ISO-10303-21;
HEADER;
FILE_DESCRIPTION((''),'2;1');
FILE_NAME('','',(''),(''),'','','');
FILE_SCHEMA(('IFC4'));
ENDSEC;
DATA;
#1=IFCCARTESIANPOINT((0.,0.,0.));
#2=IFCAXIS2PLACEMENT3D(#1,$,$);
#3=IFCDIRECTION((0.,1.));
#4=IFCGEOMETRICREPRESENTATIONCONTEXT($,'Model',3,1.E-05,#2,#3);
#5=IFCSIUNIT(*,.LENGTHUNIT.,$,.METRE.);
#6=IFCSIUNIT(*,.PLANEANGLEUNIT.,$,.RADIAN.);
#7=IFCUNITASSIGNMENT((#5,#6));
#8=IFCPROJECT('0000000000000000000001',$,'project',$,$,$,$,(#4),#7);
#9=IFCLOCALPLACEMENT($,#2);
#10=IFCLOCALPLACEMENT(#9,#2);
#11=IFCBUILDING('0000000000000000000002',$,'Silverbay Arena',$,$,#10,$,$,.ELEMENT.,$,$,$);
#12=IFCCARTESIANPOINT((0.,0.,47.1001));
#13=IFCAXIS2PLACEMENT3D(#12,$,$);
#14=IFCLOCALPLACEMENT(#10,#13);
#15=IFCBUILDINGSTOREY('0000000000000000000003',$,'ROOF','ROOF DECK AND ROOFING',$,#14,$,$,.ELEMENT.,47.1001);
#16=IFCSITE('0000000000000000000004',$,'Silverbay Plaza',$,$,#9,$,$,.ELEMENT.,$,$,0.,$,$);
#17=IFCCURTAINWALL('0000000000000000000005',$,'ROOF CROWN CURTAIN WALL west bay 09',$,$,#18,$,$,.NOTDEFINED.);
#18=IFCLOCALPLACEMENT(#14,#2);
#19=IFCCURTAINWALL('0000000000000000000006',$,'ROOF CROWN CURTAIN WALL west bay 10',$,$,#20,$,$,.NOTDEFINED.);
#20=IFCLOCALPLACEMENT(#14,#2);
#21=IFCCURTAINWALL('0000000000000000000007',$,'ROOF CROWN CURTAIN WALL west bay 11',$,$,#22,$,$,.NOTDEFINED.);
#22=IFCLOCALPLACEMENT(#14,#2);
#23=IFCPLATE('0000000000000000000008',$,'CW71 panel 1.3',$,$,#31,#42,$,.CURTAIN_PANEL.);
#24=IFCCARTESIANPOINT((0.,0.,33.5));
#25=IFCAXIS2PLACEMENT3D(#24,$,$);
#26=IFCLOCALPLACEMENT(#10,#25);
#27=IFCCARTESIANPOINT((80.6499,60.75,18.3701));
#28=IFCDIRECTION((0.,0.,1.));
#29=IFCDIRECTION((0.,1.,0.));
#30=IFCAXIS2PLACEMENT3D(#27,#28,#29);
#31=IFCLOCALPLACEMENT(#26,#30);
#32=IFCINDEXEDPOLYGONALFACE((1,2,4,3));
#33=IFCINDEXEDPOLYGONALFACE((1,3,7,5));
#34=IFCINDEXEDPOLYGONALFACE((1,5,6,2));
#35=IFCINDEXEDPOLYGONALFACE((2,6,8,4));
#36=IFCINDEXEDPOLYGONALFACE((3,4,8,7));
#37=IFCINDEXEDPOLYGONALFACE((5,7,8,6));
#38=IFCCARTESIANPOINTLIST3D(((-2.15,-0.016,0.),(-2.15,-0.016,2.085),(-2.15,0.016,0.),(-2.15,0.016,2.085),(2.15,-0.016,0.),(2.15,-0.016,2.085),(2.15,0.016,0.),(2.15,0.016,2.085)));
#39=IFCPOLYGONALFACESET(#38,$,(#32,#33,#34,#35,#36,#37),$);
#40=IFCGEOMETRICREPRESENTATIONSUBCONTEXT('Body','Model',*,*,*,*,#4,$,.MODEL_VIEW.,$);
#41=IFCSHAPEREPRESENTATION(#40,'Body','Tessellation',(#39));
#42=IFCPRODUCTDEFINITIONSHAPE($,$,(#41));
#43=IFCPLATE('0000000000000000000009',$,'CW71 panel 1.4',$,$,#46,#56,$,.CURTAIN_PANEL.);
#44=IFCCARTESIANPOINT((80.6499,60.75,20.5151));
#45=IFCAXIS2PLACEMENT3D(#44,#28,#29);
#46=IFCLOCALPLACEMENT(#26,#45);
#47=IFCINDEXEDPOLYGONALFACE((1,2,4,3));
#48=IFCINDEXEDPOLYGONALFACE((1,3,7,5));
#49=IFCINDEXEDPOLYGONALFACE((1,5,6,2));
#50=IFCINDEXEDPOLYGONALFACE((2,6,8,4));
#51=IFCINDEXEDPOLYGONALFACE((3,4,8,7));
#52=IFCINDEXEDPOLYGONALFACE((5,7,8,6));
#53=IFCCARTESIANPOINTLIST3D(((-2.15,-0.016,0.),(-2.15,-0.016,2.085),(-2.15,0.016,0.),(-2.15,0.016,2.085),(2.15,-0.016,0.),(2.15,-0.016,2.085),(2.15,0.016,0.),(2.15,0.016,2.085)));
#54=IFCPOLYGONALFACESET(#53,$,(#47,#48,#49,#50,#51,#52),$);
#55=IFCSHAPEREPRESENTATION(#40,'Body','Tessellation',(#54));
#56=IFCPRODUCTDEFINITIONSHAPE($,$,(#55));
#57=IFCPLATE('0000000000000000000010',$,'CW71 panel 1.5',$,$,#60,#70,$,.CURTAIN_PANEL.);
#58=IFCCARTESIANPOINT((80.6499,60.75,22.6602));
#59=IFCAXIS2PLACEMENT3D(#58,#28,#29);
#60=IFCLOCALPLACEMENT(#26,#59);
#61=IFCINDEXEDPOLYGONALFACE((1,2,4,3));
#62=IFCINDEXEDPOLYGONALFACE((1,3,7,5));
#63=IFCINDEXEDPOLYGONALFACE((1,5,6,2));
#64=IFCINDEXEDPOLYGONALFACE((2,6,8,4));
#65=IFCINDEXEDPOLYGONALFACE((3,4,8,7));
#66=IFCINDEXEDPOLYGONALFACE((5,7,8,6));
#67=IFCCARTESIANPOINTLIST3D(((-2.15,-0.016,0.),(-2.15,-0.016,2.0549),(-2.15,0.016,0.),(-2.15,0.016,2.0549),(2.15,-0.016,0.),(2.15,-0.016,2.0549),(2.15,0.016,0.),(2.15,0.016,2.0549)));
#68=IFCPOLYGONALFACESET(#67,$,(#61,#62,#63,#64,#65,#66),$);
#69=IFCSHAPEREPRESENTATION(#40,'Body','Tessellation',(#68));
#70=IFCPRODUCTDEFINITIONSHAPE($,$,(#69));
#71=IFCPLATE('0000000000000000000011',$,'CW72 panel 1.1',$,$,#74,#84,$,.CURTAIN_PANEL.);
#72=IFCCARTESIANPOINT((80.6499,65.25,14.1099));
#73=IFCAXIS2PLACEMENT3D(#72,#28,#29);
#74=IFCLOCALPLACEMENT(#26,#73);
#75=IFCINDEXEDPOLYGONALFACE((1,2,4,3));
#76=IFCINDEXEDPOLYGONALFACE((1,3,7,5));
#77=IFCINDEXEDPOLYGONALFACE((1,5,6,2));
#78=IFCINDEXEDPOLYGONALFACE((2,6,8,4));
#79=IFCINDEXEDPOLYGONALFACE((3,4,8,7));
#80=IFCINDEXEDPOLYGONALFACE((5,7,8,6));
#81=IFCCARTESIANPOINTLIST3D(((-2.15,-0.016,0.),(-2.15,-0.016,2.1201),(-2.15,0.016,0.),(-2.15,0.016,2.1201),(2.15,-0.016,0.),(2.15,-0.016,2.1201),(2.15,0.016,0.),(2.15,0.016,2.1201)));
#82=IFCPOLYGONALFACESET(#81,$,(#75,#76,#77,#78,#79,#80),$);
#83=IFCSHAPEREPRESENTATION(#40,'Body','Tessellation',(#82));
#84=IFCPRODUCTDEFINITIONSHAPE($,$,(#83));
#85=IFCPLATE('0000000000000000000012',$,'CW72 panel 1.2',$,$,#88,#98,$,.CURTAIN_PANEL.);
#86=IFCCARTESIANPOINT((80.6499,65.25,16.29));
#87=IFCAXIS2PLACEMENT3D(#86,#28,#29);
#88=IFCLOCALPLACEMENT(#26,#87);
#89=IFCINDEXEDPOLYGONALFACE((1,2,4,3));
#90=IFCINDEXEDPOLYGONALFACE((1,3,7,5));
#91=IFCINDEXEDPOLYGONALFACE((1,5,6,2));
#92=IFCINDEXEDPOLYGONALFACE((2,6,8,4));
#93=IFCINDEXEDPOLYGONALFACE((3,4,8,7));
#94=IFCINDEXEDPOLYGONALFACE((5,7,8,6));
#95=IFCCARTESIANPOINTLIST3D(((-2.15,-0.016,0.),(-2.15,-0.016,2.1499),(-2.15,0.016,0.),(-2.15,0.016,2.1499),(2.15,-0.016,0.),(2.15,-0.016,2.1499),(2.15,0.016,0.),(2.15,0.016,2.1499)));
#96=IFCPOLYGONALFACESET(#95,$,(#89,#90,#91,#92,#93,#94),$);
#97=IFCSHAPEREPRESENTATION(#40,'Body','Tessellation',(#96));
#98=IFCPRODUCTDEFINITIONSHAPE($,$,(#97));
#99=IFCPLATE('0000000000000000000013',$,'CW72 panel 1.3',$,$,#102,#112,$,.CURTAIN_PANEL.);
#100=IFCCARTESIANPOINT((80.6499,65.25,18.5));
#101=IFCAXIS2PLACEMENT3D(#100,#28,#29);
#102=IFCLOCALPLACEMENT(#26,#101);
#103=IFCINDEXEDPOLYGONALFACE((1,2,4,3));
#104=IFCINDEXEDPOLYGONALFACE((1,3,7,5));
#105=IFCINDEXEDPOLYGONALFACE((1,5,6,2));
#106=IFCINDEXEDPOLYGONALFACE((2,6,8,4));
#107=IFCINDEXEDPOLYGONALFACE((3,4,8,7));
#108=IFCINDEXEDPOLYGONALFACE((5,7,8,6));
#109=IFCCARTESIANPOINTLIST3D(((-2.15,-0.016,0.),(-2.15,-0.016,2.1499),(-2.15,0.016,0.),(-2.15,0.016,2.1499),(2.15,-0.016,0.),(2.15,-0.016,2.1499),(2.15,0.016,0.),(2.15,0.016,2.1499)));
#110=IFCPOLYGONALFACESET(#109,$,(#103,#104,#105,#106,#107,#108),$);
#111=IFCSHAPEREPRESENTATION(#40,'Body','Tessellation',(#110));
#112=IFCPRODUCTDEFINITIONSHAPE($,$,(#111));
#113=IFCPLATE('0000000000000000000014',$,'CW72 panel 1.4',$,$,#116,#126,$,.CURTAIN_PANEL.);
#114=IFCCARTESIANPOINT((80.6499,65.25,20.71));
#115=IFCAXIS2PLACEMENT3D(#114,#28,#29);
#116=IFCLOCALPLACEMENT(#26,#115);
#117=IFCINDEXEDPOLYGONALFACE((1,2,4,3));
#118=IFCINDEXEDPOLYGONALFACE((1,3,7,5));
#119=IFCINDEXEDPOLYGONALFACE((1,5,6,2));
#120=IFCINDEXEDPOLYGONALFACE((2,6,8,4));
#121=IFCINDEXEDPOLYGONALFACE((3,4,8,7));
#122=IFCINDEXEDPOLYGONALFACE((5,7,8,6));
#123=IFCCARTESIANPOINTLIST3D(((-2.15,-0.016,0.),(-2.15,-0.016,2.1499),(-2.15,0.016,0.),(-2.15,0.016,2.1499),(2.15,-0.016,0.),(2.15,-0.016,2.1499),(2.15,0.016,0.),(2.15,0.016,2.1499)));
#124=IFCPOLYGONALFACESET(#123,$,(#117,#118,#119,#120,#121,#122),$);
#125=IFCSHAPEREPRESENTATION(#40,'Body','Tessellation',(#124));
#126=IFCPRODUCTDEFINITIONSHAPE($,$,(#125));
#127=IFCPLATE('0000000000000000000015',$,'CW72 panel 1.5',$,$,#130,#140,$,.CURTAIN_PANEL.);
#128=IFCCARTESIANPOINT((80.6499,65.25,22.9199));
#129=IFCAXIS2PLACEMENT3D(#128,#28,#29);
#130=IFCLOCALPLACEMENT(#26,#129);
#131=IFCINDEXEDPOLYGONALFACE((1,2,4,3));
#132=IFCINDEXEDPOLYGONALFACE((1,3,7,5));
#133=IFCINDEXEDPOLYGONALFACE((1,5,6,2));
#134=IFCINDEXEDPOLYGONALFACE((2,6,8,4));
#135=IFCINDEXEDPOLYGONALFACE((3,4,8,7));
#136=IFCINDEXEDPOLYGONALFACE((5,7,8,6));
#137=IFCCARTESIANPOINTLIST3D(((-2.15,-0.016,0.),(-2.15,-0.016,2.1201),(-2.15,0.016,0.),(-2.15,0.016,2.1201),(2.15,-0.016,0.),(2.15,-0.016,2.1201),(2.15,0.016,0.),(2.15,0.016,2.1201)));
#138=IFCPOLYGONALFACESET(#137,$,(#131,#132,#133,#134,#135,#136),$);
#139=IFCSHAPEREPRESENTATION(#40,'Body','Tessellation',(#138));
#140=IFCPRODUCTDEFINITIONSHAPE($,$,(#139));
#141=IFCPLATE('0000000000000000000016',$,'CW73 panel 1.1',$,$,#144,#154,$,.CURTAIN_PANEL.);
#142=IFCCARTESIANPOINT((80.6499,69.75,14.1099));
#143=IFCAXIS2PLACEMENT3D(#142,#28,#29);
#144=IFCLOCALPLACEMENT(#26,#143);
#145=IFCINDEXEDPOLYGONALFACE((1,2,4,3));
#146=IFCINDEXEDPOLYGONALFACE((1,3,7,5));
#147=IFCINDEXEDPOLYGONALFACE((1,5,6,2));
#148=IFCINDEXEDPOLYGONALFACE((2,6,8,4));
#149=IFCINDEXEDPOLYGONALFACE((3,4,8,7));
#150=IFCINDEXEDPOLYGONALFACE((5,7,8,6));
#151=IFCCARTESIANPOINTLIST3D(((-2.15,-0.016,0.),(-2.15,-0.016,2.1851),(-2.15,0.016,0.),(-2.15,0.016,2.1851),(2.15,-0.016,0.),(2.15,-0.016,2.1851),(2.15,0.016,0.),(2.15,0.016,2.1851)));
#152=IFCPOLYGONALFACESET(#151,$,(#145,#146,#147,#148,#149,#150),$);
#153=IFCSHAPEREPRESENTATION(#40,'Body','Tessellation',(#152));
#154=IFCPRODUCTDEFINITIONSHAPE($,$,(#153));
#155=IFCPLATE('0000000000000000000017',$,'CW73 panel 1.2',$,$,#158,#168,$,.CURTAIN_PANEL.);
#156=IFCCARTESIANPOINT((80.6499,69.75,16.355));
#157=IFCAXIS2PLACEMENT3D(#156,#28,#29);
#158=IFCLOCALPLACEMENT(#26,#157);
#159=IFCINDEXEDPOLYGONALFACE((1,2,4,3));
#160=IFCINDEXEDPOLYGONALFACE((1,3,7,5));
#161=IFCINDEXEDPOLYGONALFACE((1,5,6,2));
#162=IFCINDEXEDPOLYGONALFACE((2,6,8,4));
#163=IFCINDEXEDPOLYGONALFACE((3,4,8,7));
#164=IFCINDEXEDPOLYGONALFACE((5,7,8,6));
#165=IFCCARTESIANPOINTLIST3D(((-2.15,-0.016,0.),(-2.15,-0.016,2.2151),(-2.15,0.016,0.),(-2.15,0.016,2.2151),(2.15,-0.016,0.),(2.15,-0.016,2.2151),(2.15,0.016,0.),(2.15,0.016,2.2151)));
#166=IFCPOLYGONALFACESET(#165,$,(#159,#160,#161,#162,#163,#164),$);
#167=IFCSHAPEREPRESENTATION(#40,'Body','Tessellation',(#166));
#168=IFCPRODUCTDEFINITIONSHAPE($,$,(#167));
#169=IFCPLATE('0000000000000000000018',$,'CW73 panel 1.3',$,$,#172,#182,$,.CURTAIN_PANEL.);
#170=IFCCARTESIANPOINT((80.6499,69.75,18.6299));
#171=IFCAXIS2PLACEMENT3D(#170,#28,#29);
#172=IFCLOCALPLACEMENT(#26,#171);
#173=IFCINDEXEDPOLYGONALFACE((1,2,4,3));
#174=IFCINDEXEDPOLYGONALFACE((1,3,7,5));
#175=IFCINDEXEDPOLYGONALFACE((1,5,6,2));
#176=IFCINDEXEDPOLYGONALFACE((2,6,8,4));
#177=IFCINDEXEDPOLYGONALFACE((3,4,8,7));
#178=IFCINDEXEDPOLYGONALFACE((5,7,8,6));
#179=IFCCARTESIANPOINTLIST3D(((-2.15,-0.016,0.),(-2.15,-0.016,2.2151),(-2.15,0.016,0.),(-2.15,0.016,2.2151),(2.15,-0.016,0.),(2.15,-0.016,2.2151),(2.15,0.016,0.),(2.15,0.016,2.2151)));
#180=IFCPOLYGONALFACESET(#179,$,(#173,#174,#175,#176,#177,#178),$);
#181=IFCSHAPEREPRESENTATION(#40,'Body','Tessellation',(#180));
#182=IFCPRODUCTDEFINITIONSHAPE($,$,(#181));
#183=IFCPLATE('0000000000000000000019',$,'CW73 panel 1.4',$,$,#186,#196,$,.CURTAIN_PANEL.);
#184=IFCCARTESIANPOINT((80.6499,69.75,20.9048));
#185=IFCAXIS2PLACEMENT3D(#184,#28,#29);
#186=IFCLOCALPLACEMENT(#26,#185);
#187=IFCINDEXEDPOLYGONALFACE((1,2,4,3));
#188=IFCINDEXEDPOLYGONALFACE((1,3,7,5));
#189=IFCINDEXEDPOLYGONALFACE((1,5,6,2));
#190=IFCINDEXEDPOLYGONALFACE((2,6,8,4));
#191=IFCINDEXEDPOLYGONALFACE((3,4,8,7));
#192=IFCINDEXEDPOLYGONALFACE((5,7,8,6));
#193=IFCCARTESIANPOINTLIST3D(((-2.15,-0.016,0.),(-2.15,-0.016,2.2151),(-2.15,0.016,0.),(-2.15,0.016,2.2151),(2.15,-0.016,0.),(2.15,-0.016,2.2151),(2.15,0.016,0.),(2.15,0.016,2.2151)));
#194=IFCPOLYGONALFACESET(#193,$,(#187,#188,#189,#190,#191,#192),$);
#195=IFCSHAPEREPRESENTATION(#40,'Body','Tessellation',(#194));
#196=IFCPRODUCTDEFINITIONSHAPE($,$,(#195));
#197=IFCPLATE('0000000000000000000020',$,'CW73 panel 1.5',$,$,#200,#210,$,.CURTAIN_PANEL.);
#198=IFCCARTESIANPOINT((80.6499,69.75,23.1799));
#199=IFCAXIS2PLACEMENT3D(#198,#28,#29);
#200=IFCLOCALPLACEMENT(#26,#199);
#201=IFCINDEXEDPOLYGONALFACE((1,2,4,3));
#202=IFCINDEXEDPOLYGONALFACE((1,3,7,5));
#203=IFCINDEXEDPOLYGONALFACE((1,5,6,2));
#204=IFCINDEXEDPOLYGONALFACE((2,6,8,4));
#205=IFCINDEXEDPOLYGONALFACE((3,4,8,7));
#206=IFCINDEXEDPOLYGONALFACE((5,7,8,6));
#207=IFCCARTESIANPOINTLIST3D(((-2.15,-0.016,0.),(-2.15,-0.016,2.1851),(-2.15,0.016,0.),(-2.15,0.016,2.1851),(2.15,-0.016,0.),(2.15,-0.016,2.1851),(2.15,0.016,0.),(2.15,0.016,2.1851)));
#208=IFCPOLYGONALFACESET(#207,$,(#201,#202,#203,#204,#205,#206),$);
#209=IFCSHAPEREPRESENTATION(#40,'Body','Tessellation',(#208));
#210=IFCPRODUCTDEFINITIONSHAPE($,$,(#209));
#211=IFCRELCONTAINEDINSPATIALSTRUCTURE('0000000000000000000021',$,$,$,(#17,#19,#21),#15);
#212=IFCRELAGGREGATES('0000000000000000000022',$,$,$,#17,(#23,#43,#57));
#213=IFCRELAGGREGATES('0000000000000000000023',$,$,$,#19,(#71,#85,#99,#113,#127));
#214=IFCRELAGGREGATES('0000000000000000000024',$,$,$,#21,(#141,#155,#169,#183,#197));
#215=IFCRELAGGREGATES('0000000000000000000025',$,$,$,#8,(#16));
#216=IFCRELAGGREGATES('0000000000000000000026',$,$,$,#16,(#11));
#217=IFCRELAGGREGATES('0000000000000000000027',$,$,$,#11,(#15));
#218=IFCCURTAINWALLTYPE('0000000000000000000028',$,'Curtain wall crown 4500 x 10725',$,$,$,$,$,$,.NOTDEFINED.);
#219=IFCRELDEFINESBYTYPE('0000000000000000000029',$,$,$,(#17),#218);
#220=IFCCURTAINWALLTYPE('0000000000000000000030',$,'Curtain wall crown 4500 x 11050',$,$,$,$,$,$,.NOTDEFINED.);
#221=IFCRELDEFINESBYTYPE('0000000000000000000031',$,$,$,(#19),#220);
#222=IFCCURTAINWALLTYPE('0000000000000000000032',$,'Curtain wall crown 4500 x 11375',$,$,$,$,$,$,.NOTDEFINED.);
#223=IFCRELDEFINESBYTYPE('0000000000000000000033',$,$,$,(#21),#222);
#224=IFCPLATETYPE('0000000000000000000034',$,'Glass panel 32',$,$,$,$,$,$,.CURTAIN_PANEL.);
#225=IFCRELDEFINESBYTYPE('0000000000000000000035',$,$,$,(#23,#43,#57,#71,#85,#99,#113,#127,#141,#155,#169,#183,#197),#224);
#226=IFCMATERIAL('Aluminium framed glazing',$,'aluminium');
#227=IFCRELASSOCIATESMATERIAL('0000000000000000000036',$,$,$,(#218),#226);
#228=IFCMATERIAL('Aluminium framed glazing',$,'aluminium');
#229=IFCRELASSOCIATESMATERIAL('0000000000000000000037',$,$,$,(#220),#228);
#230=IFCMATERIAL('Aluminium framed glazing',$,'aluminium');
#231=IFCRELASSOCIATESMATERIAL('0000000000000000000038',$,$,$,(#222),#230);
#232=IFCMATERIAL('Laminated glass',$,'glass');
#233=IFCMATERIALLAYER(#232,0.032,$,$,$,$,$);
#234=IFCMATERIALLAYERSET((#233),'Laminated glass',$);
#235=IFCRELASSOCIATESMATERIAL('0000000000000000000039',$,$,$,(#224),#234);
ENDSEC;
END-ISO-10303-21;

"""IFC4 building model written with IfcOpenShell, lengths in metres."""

from ifc_helpers import new_model, si_unit, direction, frame, origin, origin_2d, place, context, subcontext, project, spatial, rectangle, extrude, material, layer, layer_set, type_object, element, aggregate, save


model = new_model("IFC4")

# Units and contexts
model_context = context("Model", 3, precision=1e-05, world=origin(), true_north=direction((0.0, 1.0)))
body_context = subcontext(model_context, "Body", "Model", "MODEL_VIEW")
ifc_project = project(units=[si_unit("LENGTHUNIT", "METRE"), si_unit("PLANEANGLEUNIT", "RADIAN")], contexts=[model_context])

# Site, building, storey
site_placement = place(None, origin())
site = spatial("IfcSite", under=ifc_project, at=site_placement, Name="Silverbay Plaza", CompositionType="ELEMENT", RefElevation=0.0)
building_placement = place(site_placement, origin())
building = spatial("IfcBuilding", under=site, at=building_placement, Name="Silverbay Arena", CompositionType="ELEMENT")
storey_placement = place(building_placement, frame((0.0, 0.0, 47.1001)))
storey = spatial("IfcBuildingStorey", under=building, at=storey_placement, Name="ROOF", Description="ROOF DECK AND ROOFING", CompositionType="ELEMENT", Elevation=47.1001)

# Curtain wall
ifc_material_1 = material(Name="Aluminium framed glazing", Category="aluminium")
curtain_wall_type_1 = type_object("IfcCurtainWallType", Name="Curtain wall crown 4500 x 10725", PredefinedType="NOTDEFINED", material=ifc_material_1)
curtain_wall_1_placement = place(storey_placement, origin())
curtain_wall_1 = element("IfcCurtainWall", 1, at=curtain_wall_1_placement, inside=storey, type_object=curtain_wall_type_1, Name="ROOF CROWN CURTAIN WALL west bay 09", PredefinedType="NOTDEFINED")
placement = place(building_placement, frame((0.0, 0.0, 33.5)))

# Curtain walls
ifc_material_2 = material(Name="Aluminium framed glazing", Category="aluminium")
curtain_wall_type_2 = type_object("IfcCurtainWallType", Name="Curtain wall crown 4500 x 11050", PredefinedType="NOTDEFINED", material=ifc_material_2)
curtain_wall_2_placement = place(storey_placement, origin())
curtain_wall_2 = element("IfcCurtainWall", 2, at=curtain_wall_2_placement, inside=storey, type_object=curtain_wall_type_2, Name="ROOF CROWN CURTAIN WALL west bay 10", PredefinedType="NOTDEFINED")
ifc_material_3 = material(Name="Aluminium framed glazing", Category="aluminium")
curtain_wall_type_3 = type_object("IfcCurtainWallType", Name="Curtain wall crown 4500 x 11375", PredefinedType="NOTDEFINED", material=ifc_material_3)
curtain_wall_3_placement = place(storey_placement, origin())
curtain_wall_3 = element("IfcCurtainWall", 3, at=curtain_wall_3_placement, inside=storey, type_object=curtain_wall_type_3, Name="ROOF CROWN CURTAIN WALL west bay 11", PredefinedType="NOTDEFINED")

# Plates
ifc_material_4 = material(Name="Laminated glass", Category="glass")
ifc_layer = layer(ifc_material_4, 0.032)
ifc_layer_set = layer_set([ifc_layer], Name="Laminated glass")
plate_type = type_object("IfcPlateType", Name="Glass panel 32", PredefinedType="CURTAIN_PANEL", material=ifc_layer_set)
plate_1_placement = place(placement, frame((80.6499, 60.75, 18.3701), z_axis=(0.0, 0.0, 1.0), x_axis=(0.0, 1.0, 0.0)))
plate_1 = element("IfcPlate", 4, at=plate_1_placement, type_object=plate_type, Name="CW71 panel 1.3", PredefinedType="CURTAIN_PANEL", context=body_context, shape_type="SweptSolid", body=[
    extrude(rectangle(XDim=4.3, YDim=0.032, at=origin_2d()), origin(), (0.0, 0.0, 1.0), 2.085),
])
plate_2_placement = place(placement, frame((80.6499, 60.75, 20.5151), z_axis=(0.0, 0.0, 1.0), x_axis=(0.0, 1.0, 0.0)))
plate_2 = element("IfcPlate", 5, at=plate_2_placement, type_object=plate_type, Name="CW71 panel 1.4", PredefinedType="CURTAIN_PANEL", context=body_context, shape_type="SweptSolid", body=[
    extrude(rectangle(XDim=4.3, YDim=0.032, at=origin_2d()), origin(), (0.0, 0.0, 1.0), 2.085),
])
plate_3_placement = place(placement, frame((80.6499, 60.75, 22.6602), z_axis=(0.0, 0.0, 1.0), x_axis=(0.0, 1.0, 0.0)))
plate_3 = element("IfcPlate", 6, at=plate_3_placement, type_object=plate_type, Name="CW71 panel 1.5", PredefinedType="CURTAIN_PANEL", context=body_context, shape_type="SweptSolid", body=[
    extrude(rectangle(XDim=4.3, YDim=0.032, at=origin_2d()), origin(), (0.0, 0.0, 1.0), 2.0549),
])
aggregate(curtain_wall_1, [plate_1, plate_2, plate_3])
plate_4_placement = place(placement, frame((80.6499, 65.25, 14.1099), z_axis=(0.0, 0.0, 1.0), x_axis=(0.0, 1.0, 0.0)))
plate_4 = element("IfcPlate", 7, at=plate_4_placement, type_object=plate_type, Name="CW72 panel 1.1", PredefinedType="CURTAIN_PANEL", context=body_context, shape_type="SweptSolid", body=[
    extrude(rectangle(XDim=4.3, YDim=0.032, at=origin_2d()), origin(), (0.0, 0.0, 1.0), 2.1201),
])
plate_5_placement = place(placement, frame((80.6499, 65.25, 16.29), z_axis=(0.0, 0.0, 1.0), x_axis=(0.0, 1.0, 0.0)))
plate_5 = element("IfcPlate", 8, at=plate_5_placement, type_object=plate_type, Name="CW72 panel 1.2", PredefinedType="CURTAIN_PANEL", context=body_context, shape_type="SweptSolid", body=[
    extrude(rectangle(XDim=4.3, YDim=0.032, at=origin_2d()), origin(), (0.0, 0.0, 1.0), 2.1499),
])
plate_6_placement = place(placement, frame((80.6499, 65.25, 18.5), z_axis=(0.0, 0.0, 1.0), x_axis=(0.0, 1.0, 0.0)))
plate_6 = element("IfcPlate", 9, at=plate_6_placement, type_object=plate_type, Name="CW72 panel 1.3", PredefinedType="CURTAIN_PANEL", context=body_context, shape_type="SweptSolid", body=[
    extrude(rectangle(XDim=4.3, YDim=0.032, at=origin_2d()), origin(), (0.0, 0.0, 1.0), 2.1499),
])
plate_7_placement = place(placement, frame((80.6499, 65.25, 20.71), z_axis=(0.0, 0.0, 1.0), x_axis=(0.0, 1.0, 0.0)))
plate_7 = element("IfcPlate", 10, at=plate_7_placement, type_object=plate_type, Name="CW72 panel 1.4", PredefinedType="CURTAIN_PANEL", context=body_context, shape_type="SweptSolid", body=[
    extrude(rectangle(XDim=4.3, YDim=0.032, at=origin_2d()), origin(), (0.0, 0.0, 1.0), 2.1499),
])
plate_8_placement = place(placement, frame((80.6499, 65.25, 22.9199), z_axis=(0.0, 0.0, 1.0), x_axis=(0.0, 1.0, 0.0)))
plate_8 = element("IfcPlate", 11, at=plate_8_placement, type_object=plate_type, Name="CW72 panel 1.5", PredefinedType="CURTAIN_PANEL", context=body_context, shape_type="SweptSolid", body=[
    extrude(rectangle(XDim=4.3, YDim=0.032, at=origin_2d()), origin(), (0.0, 0.0, 1.0), 2.1201),
])
aggregate(curtain_wall_2, [plate_4, plate_5, plate_6, plate_7, plate_8])
plate_9_placement = place(placement, frame((80.6499, 69.75, 14.1099), z_axis=(0.0, 0.0, 1.0), x_axis=(0.0, 1.0, 0.0)))
plate_9 = element("IfcPlate", 12, at=plate_9_placement, type_object=plate_type, Name="CW73 panel 1.1", PredefinedType="CURTAIN_PANEL", context=body_context, shape_type="SweptSolid", body=[
    extrude(rectangle(XDim=4.3, YDim=0.032, at=origin_2d()), origin(), (0.0, 0.0, 1.0), 2.1851),
])
plate_10_placement = place(placement, frame((80.6499, 69.75, 16.355), z_axis=(0.0, 0.0, 1.0), x_axis=(0.0, 1.0, 0.0)))
plate_10 = element("IfcPlate", 13, at=plate_10_placement, type_object=plate_type, Name="CW73 panel 1.2", PredefinedType="CURTAIN_PANEL", context=body_context, shape_type="SweptSolid", body=[
    extrude(rectangle(XDim=4.3, YDim=0.032, at=origin_2d()), origin(), (0.0, 0.0, 1.0), 2.2151),
])
plate_11_placement = place(placement, frame((80.6499, 69.75, 18.6299), z_axis=(0.0, 0.0, 1.0), x_axis=(0.0, 1.0, 0.0)))
plate_11 = element("IfcPlate", 14, at=plate_11_placement, type_object=plate_type, Name="CW73 panel 1.3", PredefinedType="CURTAIN_PANEL", context=body_context, shape_type="SweptSolid", body=[
    extrude(rectangle(XDim=4.3, YDim=0.032, at=origin_2d()), origin(), (0.0, 0.0, 1.0), 2.2151),
])
plate_12_placement = place(placement, frame((80.6499, 69.75, 20.9048), z_axis=(0.0, 0.0, 1.0), x_axis=(0.0, 1.0, 0.0)))
plate_12 = element("IfcPlate", 15, at=plate_12_placement, type_object=plate_type, Name="CW73 panel 1.4", PredefinedType="CURTAIN_PANEL", context=body_context, shape_type="SweptSolid", body=[
    extrude(rectangle(XDim=4.3, YDim=0.032, at=origin_2d()), origin(), (0.0, 0.0, 1.0), 2.2151),
])
plate_13_placement = place(placement, frame((80.6499, 69.75, 23.1799), z_axis=(0.0, 0.0, 1.0), x_axis=(0.0, 1.0, 0.0)))
plate_13 = element("IfcPlate", 16, at=plate_13_placement, type_object=plate_type, Name="CW73 panel 1.5", PredefinedType="CURTAIN_PANEL", context=body_context, shape_type="SweptSolid", body=[
    extrude(rectangle(XDim=4.3, YDim=0.032, at=origin_2d()), origin(), (0.0, 0.0, 1.0), 2.1851),
])
aggregate(curtain_wall_3, [plate_9, plate_10, plate_11, plate_12, plate_13])

save(model, "model.ifc")
